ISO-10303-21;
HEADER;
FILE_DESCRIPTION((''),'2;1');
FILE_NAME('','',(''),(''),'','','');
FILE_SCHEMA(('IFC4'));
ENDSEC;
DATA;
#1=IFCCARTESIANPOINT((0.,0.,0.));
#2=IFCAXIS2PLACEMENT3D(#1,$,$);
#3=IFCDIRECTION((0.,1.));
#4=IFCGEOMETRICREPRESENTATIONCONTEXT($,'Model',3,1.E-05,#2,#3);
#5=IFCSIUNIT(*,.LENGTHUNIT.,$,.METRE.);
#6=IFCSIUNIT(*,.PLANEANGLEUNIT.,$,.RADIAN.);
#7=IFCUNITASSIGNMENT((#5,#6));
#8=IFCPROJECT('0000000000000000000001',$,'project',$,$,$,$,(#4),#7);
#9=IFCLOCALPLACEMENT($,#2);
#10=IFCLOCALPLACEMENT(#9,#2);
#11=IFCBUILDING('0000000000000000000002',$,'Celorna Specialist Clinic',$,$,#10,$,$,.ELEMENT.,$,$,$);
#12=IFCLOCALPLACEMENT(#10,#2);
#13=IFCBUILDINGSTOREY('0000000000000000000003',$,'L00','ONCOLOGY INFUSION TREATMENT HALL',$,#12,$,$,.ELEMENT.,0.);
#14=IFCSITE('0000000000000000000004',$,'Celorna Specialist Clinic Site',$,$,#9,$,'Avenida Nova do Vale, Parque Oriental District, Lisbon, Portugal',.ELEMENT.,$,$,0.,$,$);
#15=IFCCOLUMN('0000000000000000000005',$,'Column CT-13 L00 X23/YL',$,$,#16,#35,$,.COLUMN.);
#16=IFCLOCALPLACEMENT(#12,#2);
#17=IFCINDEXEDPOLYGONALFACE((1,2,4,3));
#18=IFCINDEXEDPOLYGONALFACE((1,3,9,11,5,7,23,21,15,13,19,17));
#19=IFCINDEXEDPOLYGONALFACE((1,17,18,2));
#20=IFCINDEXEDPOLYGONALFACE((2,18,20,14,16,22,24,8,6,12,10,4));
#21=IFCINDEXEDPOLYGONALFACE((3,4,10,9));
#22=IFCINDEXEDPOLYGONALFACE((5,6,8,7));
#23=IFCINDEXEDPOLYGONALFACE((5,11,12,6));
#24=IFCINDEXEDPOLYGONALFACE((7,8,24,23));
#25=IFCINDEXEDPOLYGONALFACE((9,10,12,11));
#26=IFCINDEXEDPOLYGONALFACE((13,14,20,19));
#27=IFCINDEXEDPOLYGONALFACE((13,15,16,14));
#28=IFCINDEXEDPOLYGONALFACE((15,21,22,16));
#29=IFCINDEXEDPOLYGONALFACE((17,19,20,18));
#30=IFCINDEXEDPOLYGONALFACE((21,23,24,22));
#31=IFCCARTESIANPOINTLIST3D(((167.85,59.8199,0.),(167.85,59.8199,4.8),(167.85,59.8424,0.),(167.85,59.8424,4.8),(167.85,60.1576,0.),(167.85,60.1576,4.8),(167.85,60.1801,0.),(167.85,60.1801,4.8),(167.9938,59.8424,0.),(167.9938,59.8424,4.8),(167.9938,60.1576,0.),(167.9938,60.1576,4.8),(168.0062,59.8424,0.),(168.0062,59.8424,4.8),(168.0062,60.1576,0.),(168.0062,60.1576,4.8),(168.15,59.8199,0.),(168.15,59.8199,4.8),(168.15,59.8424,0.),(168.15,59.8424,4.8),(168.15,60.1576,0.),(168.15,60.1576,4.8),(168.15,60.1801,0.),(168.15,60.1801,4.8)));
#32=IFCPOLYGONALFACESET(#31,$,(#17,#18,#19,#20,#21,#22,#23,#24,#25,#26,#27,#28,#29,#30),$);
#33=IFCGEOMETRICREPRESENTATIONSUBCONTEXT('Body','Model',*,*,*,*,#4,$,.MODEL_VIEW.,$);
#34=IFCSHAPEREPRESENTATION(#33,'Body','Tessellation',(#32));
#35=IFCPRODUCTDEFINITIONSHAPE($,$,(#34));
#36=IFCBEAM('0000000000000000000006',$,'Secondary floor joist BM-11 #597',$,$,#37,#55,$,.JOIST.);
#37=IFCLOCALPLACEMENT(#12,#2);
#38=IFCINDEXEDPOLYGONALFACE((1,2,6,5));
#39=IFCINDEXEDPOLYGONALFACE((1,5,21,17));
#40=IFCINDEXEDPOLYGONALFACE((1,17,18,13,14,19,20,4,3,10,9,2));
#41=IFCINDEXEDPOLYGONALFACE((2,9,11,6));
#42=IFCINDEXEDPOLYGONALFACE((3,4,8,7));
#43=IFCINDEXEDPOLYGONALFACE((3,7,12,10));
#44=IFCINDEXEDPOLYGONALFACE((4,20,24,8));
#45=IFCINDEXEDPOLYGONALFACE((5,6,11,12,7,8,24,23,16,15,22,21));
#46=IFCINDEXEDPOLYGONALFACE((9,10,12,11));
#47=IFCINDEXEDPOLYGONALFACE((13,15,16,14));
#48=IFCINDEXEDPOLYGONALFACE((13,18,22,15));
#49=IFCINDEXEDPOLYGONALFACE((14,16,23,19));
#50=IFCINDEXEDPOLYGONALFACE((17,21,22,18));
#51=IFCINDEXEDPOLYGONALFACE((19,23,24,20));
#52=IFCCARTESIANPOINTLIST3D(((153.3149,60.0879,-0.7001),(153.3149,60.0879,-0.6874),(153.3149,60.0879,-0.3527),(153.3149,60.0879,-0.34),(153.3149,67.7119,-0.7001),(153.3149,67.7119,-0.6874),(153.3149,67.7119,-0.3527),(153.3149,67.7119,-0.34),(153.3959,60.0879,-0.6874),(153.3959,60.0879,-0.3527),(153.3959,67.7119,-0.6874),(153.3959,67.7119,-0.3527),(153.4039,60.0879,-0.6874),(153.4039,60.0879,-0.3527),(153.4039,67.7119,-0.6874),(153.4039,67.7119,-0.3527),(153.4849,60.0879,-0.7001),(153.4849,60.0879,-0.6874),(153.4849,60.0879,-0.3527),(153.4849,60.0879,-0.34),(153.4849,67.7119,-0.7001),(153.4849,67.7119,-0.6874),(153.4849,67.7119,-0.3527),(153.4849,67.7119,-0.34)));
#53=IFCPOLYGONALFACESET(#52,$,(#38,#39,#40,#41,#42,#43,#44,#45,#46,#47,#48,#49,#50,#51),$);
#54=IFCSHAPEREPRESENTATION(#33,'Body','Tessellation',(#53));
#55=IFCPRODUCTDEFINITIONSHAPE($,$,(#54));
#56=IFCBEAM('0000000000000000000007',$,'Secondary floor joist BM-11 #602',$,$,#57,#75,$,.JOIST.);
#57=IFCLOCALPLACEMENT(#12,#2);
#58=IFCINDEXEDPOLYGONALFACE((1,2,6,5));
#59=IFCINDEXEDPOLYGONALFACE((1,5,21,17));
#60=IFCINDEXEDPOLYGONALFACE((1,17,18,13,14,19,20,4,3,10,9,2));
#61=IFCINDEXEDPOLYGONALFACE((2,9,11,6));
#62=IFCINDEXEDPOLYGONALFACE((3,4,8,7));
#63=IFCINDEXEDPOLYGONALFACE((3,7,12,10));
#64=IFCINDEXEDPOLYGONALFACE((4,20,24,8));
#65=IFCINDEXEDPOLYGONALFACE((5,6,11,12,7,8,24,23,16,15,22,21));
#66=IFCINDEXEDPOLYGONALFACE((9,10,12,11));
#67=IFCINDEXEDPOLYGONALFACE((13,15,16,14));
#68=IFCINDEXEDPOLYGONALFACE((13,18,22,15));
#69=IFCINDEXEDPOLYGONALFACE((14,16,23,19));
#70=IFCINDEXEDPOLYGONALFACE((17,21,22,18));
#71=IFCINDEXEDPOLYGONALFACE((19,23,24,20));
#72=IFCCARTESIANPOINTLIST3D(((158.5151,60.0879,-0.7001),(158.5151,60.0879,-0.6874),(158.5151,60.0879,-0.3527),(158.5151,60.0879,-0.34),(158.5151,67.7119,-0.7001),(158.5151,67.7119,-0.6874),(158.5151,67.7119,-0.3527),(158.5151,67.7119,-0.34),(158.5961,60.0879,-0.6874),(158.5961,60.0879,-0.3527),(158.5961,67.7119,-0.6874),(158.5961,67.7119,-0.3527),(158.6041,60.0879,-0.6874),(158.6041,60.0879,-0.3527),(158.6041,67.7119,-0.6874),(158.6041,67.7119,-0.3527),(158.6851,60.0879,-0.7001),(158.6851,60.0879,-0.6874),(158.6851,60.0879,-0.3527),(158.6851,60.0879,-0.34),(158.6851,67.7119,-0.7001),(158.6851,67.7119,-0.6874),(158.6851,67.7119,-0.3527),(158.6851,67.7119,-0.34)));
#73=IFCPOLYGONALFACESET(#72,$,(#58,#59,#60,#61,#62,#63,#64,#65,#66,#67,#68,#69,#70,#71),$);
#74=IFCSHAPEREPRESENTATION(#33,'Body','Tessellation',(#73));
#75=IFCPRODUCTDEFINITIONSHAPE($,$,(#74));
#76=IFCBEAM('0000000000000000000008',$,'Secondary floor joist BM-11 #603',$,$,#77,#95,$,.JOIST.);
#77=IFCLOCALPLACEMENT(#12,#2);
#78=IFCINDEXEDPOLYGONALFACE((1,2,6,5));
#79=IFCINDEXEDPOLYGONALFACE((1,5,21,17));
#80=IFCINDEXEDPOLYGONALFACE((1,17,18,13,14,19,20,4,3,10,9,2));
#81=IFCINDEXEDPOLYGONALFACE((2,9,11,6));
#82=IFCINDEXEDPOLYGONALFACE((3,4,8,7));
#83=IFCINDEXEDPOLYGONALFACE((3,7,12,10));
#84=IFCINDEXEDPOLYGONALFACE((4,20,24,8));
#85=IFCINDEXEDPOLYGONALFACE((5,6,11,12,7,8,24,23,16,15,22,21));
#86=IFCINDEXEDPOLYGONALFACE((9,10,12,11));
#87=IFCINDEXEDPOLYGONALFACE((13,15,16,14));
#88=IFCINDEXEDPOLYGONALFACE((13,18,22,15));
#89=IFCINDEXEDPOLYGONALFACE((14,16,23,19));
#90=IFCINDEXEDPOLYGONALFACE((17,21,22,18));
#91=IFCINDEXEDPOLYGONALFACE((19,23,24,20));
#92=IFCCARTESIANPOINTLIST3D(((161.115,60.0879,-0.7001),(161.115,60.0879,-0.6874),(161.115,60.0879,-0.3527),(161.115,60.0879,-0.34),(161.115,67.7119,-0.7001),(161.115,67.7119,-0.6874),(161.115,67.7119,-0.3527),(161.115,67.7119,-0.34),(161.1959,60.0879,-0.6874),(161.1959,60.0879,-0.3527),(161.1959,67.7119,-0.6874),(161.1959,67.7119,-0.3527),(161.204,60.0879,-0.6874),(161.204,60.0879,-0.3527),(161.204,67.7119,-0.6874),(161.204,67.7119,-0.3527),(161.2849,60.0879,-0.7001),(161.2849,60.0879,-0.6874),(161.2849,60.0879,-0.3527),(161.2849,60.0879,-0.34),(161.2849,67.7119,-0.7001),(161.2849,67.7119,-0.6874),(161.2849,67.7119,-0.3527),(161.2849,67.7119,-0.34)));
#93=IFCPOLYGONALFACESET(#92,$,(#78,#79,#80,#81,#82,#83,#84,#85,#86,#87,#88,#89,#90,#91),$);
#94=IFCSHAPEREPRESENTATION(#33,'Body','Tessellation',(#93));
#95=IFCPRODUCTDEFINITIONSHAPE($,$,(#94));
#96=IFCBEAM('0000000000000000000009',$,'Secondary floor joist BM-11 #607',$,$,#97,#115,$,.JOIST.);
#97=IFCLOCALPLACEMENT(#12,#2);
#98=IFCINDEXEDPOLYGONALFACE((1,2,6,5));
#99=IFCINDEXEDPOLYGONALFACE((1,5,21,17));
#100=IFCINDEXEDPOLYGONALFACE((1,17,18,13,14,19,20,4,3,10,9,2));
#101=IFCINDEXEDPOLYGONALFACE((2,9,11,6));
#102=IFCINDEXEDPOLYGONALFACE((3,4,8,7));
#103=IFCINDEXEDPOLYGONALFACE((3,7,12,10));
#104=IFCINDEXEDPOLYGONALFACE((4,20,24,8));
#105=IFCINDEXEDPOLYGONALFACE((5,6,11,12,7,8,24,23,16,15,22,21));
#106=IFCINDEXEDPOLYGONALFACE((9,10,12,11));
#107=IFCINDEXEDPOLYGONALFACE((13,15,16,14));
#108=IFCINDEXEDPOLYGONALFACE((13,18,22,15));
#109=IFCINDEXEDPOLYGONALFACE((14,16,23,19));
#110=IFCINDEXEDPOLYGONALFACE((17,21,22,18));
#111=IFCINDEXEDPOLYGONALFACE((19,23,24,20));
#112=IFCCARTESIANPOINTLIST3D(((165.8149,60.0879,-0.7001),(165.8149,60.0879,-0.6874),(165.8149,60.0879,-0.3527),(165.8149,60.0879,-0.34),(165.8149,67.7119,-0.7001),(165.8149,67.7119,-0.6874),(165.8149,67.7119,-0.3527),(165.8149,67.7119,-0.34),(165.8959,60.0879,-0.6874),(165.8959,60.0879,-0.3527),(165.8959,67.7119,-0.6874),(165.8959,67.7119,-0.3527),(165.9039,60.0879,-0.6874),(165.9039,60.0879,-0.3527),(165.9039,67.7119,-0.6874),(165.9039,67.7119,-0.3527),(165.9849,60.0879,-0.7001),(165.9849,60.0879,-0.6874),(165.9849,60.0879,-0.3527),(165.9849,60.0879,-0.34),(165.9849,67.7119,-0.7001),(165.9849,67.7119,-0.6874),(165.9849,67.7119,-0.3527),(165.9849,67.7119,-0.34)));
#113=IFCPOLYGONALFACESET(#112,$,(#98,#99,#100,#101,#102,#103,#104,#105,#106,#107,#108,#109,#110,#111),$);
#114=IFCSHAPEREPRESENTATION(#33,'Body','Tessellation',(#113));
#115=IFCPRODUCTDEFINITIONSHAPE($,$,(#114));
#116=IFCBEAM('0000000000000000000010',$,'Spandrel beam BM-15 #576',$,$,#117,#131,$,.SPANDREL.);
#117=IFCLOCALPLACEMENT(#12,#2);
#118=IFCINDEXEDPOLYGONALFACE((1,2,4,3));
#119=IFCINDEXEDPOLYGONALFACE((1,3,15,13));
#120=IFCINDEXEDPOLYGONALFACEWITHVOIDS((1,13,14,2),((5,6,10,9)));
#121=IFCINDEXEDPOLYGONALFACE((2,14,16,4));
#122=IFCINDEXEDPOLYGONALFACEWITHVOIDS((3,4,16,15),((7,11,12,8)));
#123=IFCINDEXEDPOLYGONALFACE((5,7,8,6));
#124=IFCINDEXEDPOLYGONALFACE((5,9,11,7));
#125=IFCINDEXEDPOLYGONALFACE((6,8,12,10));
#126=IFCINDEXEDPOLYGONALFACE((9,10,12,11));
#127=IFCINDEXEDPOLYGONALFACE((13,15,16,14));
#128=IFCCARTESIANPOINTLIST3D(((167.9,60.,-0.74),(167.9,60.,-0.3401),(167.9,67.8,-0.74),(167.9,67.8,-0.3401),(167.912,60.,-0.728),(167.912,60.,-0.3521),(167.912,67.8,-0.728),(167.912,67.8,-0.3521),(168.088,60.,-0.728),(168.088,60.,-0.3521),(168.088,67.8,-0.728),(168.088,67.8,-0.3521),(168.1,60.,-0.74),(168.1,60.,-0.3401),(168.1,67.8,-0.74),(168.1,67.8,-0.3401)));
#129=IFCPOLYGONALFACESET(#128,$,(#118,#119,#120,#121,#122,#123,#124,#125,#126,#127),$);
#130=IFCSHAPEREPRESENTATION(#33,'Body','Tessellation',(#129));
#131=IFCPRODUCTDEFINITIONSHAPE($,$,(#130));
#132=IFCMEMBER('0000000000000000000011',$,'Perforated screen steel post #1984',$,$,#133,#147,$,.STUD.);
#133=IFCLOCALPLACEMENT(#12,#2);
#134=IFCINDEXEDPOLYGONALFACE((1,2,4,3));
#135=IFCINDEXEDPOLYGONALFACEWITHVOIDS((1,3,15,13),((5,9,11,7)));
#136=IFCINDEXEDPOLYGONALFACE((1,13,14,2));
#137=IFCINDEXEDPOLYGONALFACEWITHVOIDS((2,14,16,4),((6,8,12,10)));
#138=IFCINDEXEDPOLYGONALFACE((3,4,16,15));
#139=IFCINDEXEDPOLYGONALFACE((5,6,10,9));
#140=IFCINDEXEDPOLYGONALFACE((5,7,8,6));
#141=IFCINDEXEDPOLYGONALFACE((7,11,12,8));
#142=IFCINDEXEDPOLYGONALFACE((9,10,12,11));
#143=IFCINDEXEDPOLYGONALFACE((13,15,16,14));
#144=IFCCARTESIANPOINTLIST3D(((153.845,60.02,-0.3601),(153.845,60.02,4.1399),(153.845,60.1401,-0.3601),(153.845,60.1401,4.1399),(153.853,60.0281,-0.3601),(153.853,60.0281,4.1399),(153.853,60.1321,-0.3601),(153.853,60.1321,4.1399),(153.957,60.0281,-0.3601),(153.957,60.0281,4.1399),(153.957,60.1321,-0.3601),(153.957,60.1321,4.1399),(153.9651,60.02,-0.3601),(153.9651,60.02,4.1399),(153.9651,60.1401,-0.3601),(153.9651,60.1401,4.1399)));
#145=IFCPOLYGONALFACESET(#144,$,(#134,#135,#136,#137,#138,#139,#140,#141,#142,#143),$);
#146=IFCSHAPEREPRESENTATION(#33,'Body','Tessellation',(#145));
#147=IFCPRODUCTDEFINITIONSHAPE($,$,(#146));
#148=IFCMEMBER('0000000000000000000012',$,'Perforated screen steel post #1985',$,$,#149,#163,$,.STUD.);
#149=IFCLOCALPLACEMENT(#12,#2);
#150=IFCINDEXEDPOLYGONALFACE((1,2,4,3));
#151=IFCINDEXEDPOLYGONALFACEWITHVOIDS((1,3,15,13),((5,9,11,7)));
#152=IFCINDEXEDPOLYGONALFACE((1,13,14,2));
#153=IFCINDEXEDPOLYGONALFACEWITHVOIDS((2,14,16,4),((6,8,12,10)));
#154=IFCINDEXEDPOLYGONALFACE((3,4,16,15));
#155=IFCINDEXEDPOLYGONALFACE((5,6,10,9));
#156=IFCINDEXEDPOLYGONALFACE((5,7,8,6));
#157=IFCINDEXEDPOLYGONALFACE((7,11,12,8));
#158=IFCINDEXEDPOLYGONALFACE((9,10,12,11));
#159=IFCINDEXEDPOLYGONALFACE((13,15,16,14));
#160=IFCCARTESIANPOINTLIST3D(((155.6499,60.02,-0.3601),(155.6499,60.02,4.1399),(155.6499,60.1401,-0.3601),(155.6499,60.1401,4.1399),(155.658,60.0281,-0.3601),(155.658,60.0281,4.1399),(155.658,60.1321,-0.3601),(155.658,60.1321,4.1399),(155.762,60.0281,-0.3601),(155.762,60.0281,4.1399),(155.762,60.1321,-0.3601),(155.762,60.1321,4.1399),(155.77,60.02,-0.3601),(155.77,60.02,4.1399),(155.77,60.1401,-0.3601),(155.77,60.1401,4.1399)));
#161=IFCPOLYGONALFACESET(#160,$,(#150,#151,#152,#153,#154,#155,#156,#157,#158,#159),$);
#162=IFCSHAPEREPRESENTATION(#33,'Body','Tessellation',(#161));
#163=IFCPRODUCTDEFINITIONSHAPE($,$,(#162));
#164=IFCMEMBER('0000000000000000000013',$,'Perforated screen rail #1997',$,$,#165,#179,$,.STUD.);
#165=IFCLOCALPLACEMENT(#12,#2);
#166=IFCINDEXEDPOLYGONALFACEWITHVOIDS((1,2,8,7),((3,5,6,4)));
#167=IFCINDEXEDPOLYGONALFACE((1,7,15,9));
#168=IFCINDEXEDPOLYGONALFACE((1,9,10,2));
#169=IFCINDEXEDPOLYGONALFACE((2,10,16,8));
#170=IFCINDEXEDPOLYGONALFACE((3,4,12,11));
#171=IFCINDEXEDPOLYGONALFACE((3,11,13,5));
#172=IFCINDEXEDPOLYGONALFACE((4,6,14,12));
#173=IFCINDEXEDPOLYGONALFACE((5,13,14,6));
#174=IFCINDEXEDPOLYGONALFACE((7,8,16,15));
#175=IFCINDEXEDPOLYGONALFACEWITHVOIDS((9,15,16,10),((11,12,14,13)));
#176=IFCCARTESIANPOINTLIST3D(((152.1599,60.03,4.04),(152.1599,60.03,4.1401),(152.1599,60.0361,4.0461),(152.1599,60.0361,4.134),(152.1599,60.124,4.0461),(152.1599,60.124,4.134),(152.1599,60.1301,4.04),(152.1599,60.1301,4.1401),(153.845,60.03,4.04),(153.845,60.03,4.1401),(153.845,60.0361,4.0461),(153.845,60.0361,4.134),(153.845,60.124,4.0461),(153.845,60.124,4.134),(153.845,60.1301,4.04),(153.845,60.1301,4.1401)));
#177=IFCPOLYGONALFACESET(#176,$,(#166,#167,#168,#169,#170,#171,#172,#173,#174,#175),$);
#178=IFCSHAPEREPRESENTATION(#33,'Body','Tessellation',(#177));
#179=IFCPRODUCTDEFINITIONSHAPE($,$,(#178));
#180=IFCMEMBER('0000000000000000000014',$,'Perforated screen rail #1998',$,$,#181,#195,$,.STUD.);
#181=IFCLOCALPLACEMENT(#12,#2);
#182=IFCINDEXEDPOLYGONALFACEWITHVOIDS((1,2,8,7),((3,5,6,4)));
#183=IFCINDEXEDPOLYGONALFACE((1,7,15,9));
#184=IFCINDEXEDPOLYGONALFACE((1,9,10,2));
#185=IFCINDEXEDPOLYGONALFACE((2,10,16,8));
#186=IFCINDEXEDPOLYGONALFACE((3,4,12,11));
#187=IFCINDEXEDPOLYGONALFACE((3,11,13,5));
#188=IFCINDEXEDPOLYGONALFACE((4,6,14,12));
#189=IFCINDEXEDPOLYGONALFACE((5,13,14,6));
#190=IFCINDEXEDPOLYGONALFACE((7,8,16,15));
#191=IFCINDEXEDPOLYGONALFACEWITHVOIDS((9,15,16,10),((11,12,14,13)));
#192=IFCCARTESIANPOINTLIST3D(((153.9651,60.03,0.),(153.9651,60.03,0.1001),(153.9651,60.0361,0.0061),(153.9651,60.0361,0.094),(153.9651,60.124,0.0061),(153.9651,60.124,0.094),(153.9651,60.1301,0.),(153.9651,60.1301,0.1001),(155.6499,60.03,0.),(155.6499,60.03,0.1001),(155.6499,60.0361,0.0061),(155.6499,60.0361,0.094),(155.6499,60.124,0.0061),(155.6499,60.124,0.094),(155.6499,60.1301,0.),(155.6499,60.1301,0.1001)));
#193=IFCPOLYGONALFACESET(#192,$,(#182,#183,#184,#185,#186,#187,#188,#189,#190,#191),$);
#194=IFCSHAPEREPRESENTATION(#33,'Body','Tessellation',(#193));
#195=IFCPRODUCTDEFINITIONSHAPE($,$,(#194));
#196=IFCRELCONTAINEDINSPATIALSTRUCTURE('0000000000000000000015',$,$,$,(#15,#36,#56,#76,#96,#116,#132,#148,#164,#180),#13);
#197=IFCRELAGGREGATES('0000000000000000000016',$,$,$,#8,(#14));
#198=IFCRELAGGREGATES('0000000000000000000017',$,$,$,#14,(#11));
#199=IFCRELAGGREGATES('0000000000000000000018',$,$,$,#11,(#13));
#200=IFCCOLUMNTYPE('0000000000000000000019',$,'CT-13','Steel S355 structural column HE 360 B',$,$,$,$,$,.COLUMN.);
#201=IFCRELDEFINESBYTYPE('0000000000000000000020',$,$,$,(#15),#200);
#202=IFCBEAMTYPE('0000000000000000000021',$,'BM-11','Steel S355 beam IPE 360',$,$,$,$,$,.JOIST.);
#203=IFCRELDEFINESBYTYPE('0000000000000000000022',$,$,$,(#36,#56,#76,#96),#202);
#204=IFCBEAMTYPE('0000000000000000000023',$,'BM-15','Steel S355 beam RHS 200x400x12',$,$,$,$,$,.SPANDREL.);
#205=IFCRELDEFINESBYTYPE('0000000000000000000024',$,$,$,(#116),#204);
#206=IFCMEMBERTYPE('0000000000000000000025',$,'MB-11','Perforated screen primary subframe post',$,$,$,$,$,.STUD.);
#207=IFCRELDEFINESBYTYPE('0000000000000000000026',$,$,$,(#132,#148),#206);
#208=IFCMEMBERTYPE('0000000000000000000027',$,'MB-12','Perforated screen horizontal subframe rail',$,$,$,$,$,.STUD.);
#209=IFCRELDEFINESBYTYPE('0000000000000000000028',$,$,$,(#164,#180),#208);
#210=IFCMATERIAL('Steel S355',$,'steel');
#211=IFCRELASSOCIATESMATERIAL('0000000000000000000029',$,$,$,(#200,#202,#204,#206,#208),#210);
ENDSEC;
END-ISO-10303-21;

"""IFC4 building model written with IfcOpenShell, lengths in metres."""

from ifc_helpers import new_model, si_unit, direction, frame, origin, origin_2d, place, context, subcontext, project, spatial, hollow_rectangle, i_section, extrude, material, material_profile, profile_set, type_object, element, save


model = new_model("IFC4")

# Units and contexts
model_context = context("Model", 3, precision=1e-05, world=origin(), true_north=direction((0.0, 1.0)))
body_context = subcontext(model_context, "Body", "Model", "MODEL_VIEW")
ifc_project = project(units=[si_unit("LENGTHUNIT", "METRE"), si_unit("PLANEANGLEUNIT", "RADIAN")], contexts=[model_context])

# Site, building, storey
site_placement = place(None, origin())
site = spatial("IfcSite", under=ifc_project, at=site_placement, Name="Celorna Specialist Clinic Site", LongName="Avenida Nova do Vale, Parque Oriental District, Lisbon, Portugal", CompositionType="ELEMENT", RefElevation=0.0)
building_placement = place(site_placement, origin())
building = spatial("IfcBuilding", under=site, at=building_placement, Name="Celorna Specialist Clinic", CompositionType="ELEMENT")
storey_placement = place(building_placement, origin())
storey = spatial("IfcBuildingStorey", under=building, at=storey_placement, Name="L00", Description="ONCOLOGY INFUSION TREATMENT HALL", CompositionType="ELEMENT", Elevation=0.0)

# Column
ifc_material_1 = material(Name="Steel S355", Category="steel")
ifc_material_profile_1 = material_profile(ifc_material_1, i_section(OverallWidth=0.3, OverallDepth=0.3601, WebThickness=0.0125, FlangeThickness=0.0225, at=origin_2d()), Name="HE 360 B")
ifc_profile_set_1 = profile_set([ifc_material_profile_1], Name="Steel S355")
column_type = type_object("IfcColumnType", Name="CT-13", Description="Steel S355 structural column HE 360 B", PredefinedType="COLUMN", material=ifc_profile_set_1)
column_placement = place(storey_placement, frame((168.0, 60.0, 0.0), z_axis=(0.0, 0.0, 1.0), x_axis=(1.0, 0.0, 0.0)))
element("IfcColumn", 1, at=column_placement, inside=storey, type_object=column_type, Name="Column CT-13 L00 X23/YL", PredefinedType="COLUMN", context=body_context, shape_type="SweptSolid", body=[
    extrude(i_section(OverallWidth=0.3, OverallDepth=0.3601, WebThickness=0.0125, FlangeThickness=0.0225, at=origin_2d()), origin(), (0.0, 0.0, 1.0), 4.8),
])

# Beams
ifc_material_profile_2 = material_profile(ifc_material_1, i_section(OverallWidth=0.1699, OverallDepth=0.3601, WebThickness=0.0081, FlangeThickness=0.0127, at=origin_2d()), Name="IPE 360")
ifc_profile_set_2 = profile_set([ifc_material_profile_2], Name="Steel S355")
beam_type_1 = type_object("IfcBeamType", Name="BM-11", Description="Steel S355 beam IPE 360", PredefinedType="JOIST", material=ifc_profile_set_2)
for number, where, z_axis, x_axis, name in (
    (2, (153.3999, 60.0879, -0.52), (0.0, 1.0, 0.0), (-1.0, 0.0, 0.0), "Secondary floor joist BM-11 #597"),
    (3, (158.6001, 60.0879, -0.52), (0.0, 1.0, 0.0), (-1.0, 0.0, 0.0), "Secondary floor joist BM-11 #602"),
    (4, (161.2, 60.0879, -0.52), (0.0, 1.0, 0.0), (-1.0, 0.0, 0.0), "Secondary floor joist BM-11 #603"),
    (5, (165.8999, 60.0879, -0.52), (0.0, 1.0, 0.0), (-1.0, 0.0, 0.0), "Secondary floor joist BM-11 #607"),
):
    element("IfcBeam", number, at=place(storey_placement, frame(where, z_axis=z_axis, x_axis=x_axis)), inside=storey, type_object=beam_type_1, Name=name, PredefinedType="JOIST", context=body_context, shape_type="SweptSolid", body=[
        extrude(i_section(OverallWidth=0.1699, OverallDepth=0.3601, WebThickness=0.0081, FlangeThickness=0.0127, at=origin_2d()), origin(), (0.0, 0.0, 1.0), 7.624),
    ])
ifc_material_profile_3 = material_profile(ifc_material_1, hollow_rectangle(XDim=0.2, YDim=0.3999, WallThickness=0.012, at=origin_2d()), Name="RHS 200x400x12")
ifc_profile_set_3 = profile_set([ifc_material_profile_3], Name="Steel S355")
beam_type_2 = type_object("IfcBeamType", Name="BM-15", Description="Steel S355 beam RHS 200x400x12", PredefinedType="SPANDREL", material=ifc_profile_set_3)
beam_placement = place(storey_placement, frame((168.0, 60.0, -0.54), z_axis=(0.0, 1.0, 0.0), x_axis=(-1.0, 0.0, 0.0)))
element("IfcBeam", 6, at=beam_placement, inside=storey, type_object=beam_type_2, Name="Spandrel beam BM-15 #576", PredefinedType="SPANDREL", context=body_context, shape_type="SweptSolid", body=[
    extrude(hollow_rectangle(XDim=0.2, YDim=0.3999, WallThickness=0.012, at=origin_2d()), origin(), (0.0, 0.0, 1.0), 7.8),
])

# Members
ifc_material_profile_4 = material_profile(ifc_material_1, hollow_rectangle(XDim=0.1201, YDim=0.1201, WallThickness=0.0081, at=origin_2d()), Name="SHS 120x120x8")
ifc_profile_set_4 = profile_set([ifc_material_profile_4], Name="Steel S355")
member_type_1 = type_object("IfcMemberType", Name="MB-11", Description="Perforated screen primary subframe post", PredefinedType="STUD", material=ifc_profile_set_4)
for number, where, z_axis, x_axis, name in (
    (7, (153.905, 60.0801, -0.3601), (0.0, 0.0, 1.0), (1.0, 0.0, 0.0), "Perforated screen steel post #1984"),
    (8, (155.71, 60.0801, -0.3601), (0.0, 0.0, 1.0), (1.0, 0.0, 0.0), "Perforated screen steel post #1985"),
):
    element("IfcMember", number, at=place(storey_placement, frame(where, z_axis=z_axis, x_axis=x_axis)), inside=storey, type_object=member_type_1, Name=name, PredefinedType="STUD", context=body_context, shape_type="SweptSolid", body=[
        extrude(hollow_rectangle(XDim=0.1201, YDim=0.1201, WallThickness=0.0081, at=origin_2d()), origin(), (0.0, 0.0, 1.0), 4.5),
    ])
ifc_material_profile_5 = material_profile(ifc_material_1, hollow_rectangle(XDim=0.1001, YDim=0.1001, WallThickness=0.0061, at=origin_2d()), Name="SHS 100x100x6")
ifc_profile_set_5 = profile_set([ifc_material_profile_5], Name="Steel S355")
member_type_2 = type_object("IfcMemberType", Name="MB-12", Description="Perforated screen horizontal subframe rail", PredefinedType="STUD", material=ifc_profile_set_5)
member_1_placement = place(storey_placement, frame((152.1599, 60.0801, 4.0901), z_axis=(1.0, 0.0, 0.0), x_axis=(0.0, 1.0, 0.0)))
element("IfcMember", 9, at=member_1_placement, inside=storey, type_object=member_type_2, Name="Perforated screen rail #1997", PredefinedType="STUD", context=body_context, shape_type="SweptSolid", body=[
    extrude(hollow_rectangle(XDim=0.1001, YDim=0.1001, WallThickness=0.0061, at=origin_2d()), origin(), (0.0, 0.0, 1.0), 1.6851),
])
for number, where, z_axis, x_axis, name in (
    (10, (153.9651, 60.0801, 0.05), (1.0, 0.0, 0.0), (0.0, 1.0, 0.0), "Perforated screen rail #1998"),
):
    element("IfcMember", number, at=place(storey_placement, frame(where, z_axis=z_axis, x_axis=x_axis)), inside=storey, type_object=member_type_2, Name=name, PredefinedType="STUD", context=body_context, shape_type="SweptSolid", body=[
        extrude(hollow_rectangle(XDim=0.1001, YDim=0.1001, WallThickness=0.0061, at=origin_2d()), origin(), (0.0, 0.0, 1.0), 1.6848),
    ])

save(model, "model.ifc")
